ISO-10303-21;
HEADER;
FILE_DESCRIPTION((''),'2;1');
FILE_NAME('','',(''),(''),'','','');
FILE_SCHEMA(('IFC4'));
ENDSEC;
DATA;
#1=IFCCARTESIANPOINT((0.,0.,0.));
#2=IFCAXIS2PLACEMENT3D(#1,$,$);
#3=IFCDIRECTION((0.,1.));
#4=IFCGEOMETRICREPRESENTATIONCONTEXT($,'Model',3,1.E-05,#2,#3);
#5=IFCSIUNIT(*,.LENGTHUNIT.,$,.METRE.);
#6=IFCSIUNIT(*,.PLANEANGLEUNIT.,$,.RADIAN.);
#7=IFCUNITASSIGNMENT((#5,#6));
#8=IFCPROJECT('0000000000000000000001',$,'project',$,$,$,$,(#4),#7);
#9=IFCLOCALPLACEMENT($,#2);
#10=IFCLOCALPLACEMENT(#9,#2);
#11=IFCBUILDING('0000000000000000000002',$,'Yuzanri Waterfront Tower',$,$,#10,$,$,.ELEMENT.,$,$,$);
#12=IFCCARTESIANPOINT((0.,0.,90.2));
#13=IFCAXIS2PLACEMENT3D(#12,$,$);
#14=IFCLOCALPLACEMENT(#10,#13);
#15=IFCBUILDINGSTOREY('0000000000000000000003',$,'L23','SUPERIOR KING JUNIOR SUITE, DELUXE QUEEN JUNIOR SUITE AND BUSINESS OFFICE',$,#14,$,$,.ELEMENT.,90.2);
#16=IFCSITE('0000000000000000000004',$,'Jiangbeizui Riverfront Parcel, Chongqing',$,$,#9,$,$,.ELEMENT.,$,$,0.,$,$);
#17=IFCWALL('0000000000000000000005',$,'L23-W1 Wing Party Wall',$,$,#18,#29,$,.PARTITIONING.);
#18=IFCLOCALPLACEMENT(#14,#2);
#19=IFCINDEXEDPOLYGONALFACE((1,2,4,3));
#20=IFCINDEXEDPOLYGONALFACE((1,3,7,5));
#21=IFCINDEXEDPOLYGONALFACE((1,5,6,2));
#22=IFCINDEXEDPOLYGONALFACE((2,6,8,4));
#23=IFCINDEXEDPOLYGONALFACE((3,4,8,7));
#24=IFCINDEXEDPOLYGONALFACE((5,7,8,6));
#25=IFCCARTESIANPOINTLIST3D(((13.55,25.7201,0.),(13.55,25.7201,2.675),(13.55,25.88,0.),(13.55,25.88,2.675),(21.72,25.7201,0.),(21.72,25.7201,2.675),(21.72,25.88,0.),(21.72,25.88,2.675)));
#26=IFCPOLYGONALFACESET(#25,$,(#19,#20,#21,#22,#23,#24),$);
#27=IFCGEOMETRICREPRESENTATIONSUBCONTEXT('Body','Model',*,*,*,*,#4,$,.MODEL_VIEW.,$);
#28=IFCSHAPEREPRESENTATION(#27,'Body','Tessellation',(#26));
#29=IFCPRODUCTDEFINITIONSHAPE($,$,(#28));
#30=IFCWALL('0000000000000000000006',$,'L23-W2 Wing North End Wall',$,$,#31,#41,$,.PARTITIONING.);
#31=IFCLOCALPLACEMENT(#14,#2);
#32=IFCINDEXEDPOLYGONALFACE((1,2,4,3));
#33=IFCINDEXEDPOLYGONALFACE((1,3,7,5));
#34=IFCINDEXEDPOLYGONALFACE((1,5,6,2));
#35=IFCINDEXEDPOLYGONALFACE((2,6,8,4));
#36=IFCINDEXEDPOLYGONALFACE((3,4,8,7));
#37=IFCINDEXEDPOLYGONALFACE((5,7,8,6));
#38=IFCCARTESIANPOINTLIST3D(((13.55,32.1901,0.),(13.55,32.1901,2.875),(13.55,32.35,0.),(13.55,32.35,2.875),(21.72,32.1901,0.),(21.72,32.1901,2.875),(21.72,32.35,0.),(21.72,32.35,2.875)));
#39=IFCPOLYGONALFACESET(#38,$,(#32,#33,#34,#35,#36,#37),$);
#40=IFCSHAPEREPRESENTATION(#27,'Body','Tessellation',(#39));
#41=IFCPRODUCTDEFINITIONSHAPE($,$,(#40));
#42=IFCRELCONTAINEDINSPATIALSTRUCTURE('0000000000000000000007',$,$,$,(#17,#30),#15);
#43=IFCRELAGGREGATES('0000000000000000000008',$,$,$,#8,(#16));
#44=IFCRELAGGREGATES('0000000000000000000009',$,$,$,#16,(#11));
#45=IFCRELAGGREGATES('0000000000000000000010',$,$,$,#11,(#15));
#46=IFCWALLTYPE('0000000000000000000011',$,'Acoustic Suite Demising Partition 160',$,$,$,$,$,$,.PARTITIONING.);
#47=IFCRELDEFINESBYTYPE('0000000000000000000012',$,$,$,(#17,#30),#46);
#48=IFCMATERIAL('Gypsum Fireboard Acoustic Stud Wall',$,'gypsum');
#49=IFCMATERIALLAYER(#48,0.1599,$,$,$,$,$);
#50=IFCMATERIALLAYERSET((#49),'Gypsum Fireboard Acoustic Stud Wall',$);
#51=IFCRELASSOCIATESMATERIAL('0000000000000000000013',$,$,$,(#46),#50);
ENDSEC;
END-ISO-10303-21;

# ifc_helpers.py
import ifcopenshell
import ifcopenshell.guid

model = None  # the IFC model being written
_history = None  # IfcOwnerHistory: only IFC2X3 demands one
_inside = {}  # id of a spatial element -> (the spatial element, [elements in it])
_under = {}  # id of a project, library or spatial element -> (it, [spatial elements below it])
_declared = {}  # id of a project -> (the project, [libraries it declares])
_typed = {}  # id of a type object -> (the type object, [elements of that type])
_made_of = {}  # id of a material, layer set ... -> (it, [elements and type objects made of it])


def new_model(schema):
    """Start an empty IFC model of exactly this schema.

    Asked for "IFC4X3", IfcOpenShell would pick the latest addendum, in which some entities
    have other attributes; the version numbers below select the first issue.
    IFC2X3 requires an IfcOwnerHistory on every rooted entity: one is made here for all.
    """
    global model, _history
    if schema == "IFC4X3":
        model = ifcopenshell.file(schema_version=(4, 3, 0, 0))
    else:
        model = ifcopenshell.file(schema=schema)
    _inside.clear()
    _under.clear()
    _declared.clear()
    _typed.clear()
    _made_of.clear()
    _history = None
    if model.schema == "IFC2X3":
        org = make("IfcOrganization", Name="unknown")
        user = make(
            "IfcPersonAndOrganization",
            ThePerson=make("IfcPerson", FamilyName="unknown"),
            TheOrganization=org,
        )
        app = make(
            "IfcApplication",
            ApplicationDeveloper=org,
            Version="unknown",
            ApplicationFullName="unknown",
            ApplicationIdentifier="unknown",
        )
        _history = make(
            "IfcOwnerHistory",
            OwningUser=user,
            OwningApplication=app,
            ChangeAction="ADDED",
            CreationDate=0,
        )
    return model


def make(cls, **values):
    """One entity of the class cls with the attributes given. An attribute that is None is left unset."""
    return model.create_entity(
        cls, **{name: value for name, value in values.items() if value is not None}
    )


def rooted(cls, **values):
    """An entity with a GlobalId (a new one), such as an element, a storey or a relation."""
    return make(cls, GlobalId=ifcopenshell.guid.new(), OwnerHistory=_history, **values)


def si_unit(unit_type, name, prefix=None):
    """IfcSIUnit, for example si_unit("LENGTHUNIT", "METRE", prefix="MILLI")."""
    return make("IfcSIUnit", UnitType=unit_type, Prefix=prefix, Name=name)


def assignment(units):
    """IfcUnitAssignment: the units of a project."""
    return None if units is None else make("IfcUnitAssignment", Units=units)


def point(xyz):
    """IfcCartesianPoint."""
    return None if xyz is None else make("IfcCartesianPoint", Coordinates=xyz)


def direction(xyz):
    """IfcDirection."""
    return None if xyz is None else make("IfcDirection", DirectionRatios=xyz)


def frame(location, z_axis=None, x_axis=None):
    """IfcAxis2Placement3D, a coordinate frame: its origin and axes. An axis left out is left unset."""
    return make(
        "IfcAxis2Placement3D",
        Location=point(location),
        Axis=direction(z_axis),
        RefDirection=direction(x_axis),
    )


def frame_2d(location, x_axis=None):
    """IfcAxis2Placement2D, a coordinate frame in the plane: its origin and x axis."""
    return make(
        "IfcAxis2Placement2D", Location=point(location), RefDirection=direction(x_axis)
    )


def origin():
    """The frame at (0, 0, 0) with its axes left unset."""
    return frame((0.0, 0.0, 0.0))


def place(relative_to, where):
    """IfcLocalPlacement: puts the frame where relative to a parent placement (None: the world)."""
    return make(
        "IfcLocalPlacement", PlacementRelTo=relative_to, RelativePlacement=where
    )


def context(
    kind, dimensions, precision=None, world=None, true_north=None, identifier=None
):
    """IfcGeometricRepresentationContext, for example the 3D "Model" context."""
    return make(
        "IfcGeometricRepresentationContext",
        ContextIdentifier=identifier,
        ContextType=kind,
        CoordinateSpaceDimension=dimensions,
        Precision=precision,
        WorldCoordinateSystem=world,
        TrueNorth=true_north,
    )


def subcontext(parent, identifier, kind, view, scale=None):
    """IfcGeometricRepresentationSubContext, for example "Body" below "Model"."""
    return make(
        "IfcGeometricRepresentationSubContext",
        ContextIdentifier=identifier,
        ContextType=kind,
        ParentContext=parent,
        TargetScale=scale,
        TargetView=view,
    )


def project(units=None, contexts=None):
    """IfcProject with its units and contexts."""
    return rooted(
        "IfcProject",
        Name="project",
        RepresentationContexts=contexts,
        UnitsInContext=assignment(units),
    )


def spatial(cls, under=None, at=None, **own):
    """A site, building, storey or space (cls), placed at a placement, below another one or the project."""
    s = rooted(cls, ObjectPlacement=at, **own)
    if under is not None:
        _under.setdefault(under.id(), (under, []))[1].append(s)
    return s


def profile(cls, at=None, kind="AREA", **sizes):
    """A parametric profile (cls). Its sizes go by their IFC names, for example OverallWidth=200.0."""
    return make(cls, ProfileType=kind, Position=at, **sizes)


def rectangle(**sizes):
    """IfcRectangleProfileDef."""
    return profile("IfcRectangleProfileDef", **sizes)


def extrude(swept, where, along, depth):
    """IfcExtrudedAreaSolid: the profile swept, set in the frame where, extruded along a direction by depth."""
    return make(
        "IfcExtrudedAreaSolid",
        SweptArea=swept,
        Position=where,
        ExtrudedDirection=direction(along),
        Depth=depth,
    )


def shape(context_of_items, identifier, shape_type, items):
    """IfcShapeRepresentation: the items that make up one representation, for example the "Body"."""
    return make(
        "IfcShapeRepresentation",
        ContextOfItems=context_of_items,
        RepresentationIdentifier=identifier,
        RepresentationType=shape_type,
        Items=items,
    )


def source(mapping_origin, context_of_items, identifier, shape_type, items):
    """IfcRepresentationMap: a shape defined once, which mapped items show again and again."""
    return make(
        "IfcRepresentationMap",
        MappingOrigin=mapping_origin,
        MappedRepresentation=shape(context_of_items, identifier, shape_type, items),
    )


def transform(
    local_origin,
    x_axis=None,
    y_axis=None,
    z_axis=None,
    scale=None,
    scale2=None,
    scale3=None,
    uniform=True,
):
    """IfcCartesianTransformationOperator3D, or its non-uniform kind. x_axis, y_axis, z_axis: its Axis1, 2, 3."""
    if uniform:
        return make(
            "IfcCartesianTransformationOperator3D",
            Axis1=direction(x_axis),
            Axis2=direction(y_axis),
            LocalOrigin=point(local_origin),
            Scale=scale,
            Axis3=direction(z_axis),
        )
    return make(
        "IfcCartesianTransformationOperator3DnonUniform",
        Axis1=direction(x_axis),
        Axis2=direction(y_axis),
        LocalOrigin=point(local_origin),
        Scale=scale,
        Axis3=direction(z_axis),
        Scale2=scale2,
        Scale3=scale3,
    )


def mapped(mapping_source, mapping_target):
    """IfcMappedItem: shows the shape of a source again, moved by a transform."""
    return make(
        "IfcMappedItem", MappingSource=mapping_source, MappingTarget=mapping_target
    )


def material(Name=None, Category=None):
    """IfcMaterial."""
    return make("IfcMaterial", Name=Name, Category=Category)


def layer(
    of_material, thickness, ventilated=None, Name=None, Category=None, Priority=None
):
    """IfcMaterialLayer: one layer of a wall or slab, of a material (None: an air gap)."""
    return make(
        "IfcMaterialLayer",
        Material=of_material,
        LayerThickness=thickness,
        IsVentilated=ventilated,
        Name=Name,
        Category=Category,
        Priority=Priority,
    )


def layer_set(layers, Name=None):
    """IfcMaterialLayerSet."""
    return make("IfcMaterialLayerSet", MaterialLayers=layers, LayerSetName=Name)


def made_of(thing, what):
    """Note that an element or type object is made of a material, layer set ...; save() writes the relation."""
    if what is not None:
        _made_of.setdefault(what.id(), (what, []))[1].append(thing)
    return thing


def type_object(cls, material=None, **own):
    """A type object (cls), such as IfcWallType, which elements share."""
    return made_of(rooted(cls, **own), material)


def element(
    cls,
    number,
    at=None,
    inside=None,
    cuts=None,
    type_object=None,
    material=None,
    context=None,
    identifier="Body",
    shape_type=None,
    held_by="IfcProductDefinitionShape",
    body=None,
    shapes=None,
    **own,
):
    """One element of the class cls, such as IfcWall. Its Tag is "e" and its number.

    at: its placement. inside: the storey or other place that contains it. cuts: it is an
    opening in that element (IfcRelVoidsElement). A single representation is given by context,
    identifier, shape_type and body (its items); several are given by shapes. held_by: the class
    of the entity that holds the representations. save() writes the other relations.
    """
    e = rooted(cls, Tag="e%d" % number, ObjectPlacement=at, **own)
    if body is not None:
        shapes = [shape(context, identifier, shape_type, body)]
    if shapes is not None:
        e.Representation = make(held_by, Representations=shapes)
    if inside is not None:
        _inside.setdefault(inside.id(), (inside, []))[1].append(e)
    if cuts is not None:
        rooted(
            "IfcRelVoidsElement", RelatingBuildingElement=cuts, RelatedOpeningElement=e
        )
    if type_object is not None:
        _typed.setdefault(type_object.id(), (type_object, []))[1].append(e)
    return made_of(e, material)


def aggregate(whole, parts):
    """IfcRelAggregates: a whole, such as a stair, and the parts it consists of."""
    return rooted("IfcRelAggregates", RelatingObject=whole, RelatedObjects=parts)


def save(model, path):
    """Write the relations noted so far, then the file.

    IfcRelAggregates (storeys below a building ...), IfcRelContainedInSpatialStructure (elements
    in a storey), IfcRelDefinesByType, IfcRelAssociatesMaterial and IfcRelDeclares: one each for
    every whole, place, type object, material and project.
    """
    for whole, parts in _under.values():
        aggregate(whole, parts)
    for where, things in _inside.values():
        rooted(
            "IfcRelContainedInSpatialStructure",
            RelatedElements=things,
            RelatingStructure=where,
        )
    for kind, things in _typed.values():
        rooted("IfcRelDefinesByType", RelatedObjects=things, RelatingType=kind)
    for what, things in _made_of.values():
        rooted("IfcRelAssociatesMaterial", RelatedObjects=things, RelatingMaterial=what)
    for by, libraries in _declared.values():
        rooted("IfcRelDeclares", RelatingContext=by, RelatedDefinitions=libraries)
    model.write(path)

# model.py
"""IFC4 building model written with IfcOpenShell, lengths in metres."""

from ifc_helpers import new_model, si_unit, direction, frame, frame_2d, origin, place, context, subcontext, project, spatial, rectangle, extrude, source, transform, mapped, material, layer, layer_set, type_object, element, save


model = new_model("IFC4")

# Units and contexts
model_context = context("Model", 3, precision=1e-05, world=origin(), true_north=direction((0.0, 1.0)))
body_context = subcontext(model_context, "Body", "Model", "MODEL_VIEW")
ifc_project = project(units=[si_unit("LENGTHUNIT", "METRE"), si_unit("PLANEANGLEUNIT", "RADIAN")], contexts=[model_context])

# Site, building, storey
site_placement = place(None, origin())
site = spatial("IfcSite", under=ifc_project, at=site_placement, Name="Jiangbeizui Riverfront Parcel, Chongqing", CompositionType="ELEMENT", RefElevation=0.0)
building_placement = place(site_placement, origin())
building = spatial("IfcBuilding", under=site, at=building_placement, Name="Yuzanri Waterfront Tower", CompositionType="ELEMENT")
storey_placement = place(building_placement, frame((0.0, 0.0, 90.2)))
storey = spatial("IfcBuildingStorey", under=building, at=storey_placement, Name="L23", Description="SUPERIOR KING JUNIOR SUITE, DELUXE QUEEN JUNIOR SUITE AND BUSINESS OFFICE", CompositionType="ELEMENT", Elevation=90.2)

# Walls
ifc_material_1 = material(Name="Gypsum Fireboard Acoustic Stud Wall", Category="gypsum")
ifc_layer_1 = layer(ifc_material_1, 0.1599)
ifc_layer_set_1 = layer_set([ifc_layer_1], Name="Gypsum Fireboard Acoustic Stud Wall")
wall_type_1 = type_object("IfcWallType", Name="Acoustic Suite Demising Partition 160", PredefinedType="PARTITIONING", material=ifc_layer_set_1)
shared_shape_1 = source(origin(), body_context, "Body", "SweptSolid", [
    extrude(rectangle(XDim=8.1699, YDim=0.1599, at=frame_2d((4.085, 0.0))), origin(), (0.0, 0.0, 1.0), 2.675),
])
wall_1_placement = place(storey_placement, frame((13.55, 25.8, 0.0), z_axis=(0.0, 0.0, 1.0), x_axis=(1.0, 0.0, 0.0)))
element("IfcWall", 1, at=wall_1_placement, inside=storey, type_object=wall_type_1, Name="L23-W1 Wing Party Wall", PredefinedType="PARTITIONING", context=body_context, shape_type="MappedRepresentation", body=[
    mapped(shared_shape_1, transform((0.0, 0.0, 0.0), scale=1.0)),
])
shared_shape_2 = source(origin(), body_context, "Body", "SweptSolid", [
    extrude(rectangle(XDim=8.1699, YDim=0.1599, at=frame_2d((4.085, 0.0))), origin(), (0.0, 0.0, 1.0), 2.875),
])
wall_2_placement = place(storey_placement, frame((13.55, 32.27, 0.0), z_axis=(0.0, 0.0, 1.0), x_axis=(1.0, 0.0, 0.0)))
element("IfcWall", 2, at=wall_2_placement, inside=storey, type_object=wall_type_1, Name="L23-W2 Wing North End Wall", PredefinedType="PARTITIONING", context=body_context, shape_type="MappedRepresentation", body=[
    mapped(shared_shape_2, transform((0.0, 0.0, 0.0), scale=1.0)),
])

save(model, "model.ifc")
